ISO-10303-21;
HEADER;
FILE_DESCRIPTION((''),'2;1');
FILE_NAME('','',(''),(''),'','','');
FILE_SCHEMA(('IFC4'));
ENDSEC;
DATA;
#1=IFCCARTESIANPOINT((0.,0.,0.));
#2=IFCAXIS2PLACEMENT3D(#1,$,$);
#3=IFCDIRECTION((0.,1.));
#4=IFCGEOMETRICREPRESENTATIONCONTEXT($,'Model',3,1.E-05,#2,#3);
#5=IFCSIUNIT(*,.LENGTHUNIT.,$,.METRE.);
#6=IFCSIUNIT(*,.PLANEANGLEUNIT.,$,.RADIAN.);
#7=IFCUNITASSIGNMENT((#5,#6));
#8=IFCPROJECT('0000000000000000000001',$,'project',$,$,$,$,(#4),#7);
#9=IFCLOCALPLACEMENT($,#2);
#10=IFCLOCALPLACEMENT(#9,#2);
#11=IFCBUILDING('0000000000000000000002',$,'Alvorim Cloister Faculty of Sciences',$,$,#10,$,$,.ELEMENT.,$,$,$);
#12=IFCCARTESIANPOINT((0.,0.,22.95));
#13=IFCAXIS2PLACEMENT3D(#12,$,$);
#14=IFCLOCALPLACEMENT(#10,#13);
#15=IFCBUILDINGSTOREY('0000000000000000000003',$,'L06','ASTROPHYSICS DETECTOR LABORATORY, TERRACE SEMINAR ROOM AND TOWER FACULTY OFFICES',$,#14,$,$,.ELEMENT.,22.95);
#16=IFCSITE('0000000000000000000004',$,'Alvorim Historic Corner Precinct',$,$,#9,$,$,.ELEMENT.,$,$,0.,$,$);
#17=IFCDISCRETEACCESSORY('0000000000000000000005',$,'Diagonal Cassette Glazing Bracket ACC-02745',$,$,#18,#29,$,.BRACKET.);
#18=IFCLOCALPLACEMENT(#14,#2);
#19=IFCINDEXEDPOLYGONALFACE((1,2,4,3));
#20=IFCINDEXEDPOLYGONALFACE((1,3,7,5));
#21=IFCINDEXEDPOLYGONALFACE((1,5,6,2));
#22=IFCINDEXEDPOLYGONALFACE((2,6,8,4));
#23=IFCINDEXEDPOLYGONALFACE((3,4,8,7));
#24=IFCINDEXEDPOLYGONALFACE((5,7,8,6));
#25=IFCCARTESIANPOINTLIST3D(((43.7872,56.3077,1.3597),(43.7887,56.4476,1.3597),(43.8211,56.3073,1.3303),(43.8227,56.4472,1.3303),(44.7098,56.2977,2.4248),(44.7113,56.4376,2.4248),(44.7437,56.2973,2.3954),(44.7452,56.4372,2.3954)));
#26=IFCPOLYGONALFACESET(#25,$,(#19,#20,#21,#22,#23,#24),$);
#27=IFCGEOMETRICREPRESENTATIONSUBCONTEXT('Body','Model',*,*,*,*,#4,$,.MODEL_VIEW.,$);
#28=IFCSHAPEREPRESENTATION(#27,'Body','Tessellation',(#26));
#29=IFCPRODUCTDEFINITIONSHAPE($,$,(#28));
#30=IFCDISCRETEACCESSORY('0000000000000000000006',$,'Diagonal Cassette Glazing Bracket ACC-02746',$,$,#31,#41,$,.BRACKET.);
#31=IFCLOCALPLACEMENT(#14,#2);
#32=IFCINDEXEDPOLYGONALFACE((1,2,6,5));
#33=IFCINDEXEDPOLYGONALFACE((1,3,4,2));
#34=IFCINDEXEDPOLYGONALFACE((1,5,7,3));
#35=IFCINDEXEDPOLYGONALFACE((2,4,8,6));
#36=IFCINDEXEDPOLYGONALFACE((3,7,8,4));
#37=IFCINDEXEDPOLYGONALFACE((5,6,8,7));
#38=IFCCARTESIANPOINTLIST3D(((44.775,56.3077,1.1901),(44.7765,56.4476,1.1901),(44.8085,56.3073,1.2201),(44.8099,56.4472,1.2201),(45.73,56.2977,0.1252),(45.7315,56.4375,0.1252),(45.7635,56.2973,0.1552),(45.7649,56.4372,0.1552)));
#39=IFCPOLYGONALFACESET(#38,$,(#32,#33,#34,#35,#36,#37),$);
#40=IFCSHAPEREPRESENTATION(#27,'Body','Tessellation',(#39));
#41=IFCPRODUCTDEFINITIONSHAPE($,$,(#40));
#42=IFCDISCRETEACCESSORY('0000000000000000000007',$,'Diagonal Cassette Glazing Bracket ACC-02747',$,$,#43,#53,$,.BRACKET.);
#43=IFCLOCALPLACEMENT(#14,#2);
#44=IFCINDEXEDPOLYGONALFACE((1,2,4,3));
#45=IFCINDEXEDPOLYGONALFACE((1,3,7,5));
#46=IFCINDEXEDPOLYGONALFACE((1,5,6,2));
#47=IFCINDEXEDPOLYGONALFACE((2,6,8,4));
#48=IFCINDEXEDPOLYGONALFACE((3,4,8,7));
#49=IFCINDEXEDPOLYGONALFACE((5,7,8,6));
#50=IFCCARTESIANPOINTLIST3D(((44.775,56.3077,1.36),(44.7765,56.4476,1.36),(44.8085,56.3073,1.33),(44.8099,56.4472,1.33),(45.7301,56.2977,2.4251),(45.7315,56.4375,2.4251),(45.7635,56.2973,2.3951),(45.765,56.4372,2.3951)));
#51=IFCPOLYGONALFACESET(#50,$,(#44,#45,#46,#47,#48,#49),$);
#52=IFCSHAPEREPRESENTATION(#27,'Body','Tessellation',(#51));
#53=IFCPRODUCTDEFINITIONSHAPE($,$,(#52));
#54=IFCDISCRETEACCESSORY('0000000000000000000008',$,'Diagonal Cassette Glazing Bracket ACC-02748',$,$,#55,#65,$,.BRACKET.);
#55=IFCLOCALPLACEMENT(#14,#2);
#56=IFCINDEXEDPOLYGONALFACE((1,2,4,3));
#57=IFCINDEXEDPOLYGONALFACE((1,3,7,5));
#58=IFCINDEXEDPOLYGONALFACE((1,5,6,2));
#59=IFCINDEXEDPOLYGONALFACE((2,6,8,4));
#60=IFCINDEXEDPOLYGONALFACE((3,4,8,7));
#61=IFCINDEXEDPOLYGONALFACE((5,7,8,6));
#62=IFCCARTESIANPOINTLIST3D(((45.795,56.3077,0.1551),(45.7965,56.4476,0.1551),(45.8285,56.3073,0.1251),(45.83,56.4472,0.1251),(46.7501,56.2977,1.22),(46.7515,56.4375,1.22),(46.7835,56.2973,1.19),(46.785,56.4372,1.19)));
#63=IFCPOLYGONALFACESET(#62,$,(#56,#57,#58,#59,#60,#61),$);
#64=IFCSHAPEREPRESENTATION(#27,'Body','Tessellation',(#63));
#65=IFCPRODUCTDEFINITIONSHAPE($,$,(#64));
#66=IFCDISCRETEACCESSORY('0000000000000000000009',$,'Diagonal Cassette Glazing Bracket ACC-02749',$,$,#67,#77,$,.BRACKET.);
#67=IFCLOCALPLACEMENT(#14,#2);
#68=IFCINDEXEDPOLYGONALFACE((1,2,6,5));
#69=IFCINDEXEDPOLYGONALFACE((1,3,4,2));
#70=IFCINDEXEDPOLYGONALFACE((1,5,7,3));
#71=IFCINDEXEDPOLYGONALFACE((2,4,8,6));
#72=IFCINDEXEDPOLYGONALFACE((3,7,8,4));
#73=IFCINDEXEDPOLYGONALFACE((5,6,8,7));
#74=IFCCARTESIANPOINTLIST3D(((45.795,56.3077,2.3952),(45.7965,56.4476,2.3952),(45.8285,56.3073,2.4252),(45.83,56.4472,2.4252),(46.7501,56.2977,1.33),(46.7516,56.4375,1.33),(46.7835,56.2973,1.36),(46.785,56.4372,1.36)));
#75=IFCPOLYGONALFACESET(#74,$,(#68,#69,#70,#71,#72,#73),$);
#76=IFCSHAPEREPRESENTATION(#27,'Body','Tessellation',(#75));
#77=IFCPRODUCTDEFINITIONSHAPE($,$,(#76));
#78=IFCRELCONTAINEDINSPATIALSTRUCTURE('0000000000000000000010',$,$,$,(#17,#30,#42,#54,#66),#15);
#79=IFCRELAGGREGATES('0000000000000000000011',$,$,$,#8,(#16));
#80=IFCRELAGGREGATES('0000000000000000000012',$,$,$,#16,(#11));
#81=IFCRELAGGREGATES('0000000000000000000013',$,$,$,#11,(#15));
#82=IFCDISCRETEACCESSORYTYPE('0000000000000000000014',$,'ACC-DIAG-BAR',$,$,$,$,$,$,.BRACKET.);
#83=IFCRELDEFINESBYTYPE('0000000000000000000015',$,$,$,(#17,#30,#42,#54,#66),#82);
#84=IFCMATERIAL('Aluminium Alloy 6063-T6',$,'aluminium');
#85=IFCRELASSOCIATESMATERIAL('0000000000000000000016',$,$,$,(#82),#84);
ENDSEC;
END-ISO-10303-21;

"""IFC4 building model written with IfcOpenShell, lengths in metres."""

from ifc_helpers import new_model, si_unit, direction, frame, origin, origin_2d, place, context, subcontext, project, spatial, rectangle, extrude, material, type_object, element, save


model = new_model("IFC4")

# Units and contexts
model_context = context("Model", 3, precision=1e-05, world=origin(), true_north=direction((0.0, 1.0)))
body_context = subcontext(model_context, "Body", "Model", "MODEL_VIEW")
ifc_project = project(units=[si_unit("LENGTHUNIT", "METRE"), si_unit("PLANEANGLEUNIT", "RADIAN")], contexts=[model_context])

# Site, building, storey
site_placement = place(None, origin())
site = spatial("IfcSite", under=ifc_project, at=site_placement, Name="Alvorim Historic Corner Precinct", CompositionType="ELEMENT", RefElevation=0.0)
building_placement = place(site_placement, origin())
building = spatial("IfcBuilding", under=site, at=building_placement, Name="Alvorim Cloister Faculty of Sciences", CompositionType="ELEMENT")
storey_placement = place(building_placement, frame((0.0, 0.0, 22.95)))
storey = spatial("IfcBuildingStorey", under=building, at=storey_placement, Name="L06", Description="ASTROPHYSICS DETECTOR LABORATORY, TERRACE SEMINAR ROOM AND TOWER FACULTY OFFICES", CompositionType="ELEMENT", Elevation=22.95)

# Shared definitions
ifc_material_1 = material(Name="Aluminium Alloy 6063-T6", Category="aluminium")

# Discrete accessories
discrete_accessory_type = type_object("IfcDiscreteAccessoryType", Name="ACC-DIAG-BAR", PredefinedType="BRACKET", material=ifc_material_1)
discrete_accessory_1_placement = place(storey_placement, frame((43.8049, 56.3774, 1.345), z_axis=(0.65469, -0.007103, 0.755864), x_axis=(0.010849, 0.999941, 0.0)))
element("IfcDiscreteAccessory", 1, at=discrete_accessory_1_placement, inside=storey, type_object=discrete_accessory_type, Name="Diagonal Cassette Glazing Bracket ACC-02745", PredefinedType="BRACKET", context=body_context, shape_type="SweptSolid", body=[
    extrude(rectangle(XDim=0.1399, YDim=0.0449, at=origin_2d()), origin(), (0.0, 0.0, 1.0), 1.4092),
])
discrete_accessory_2_placement = place(storey_placement, frame((44.7925, 56.3774, 1.2051), z_axis=(0.667646, -0.006997, -0.744446), x_axis=(0.01048, 0.999945, 0.0)))
element("IfcDiscreteAccessory", 2, at=discrete_accessory_2_placement, inside=storey, type_object=discrete_accessory_type, Name="Diagonal Cassette Glazing Bracket ACC-02746", PredefinedType="BRACKET", context=body_context, shape_type="SweptSolid", body=[
    extrude(rectangle(XDim=0.1399, YDim=0.0449, at=origin_2d()), origin(), (0.0, 0.0, 1.0), 1.4304),
])
discrete_accessory_3_placement = place(storey_placement, frame((44.7925, 56.3774, 1.345), z_axis=(0.667561, -0.006996, 0.744522), x_axis=(0.01048, 0.999945, 0.0)))
element("IfcDiscreteAccessory", 3, at=discrete_accessory_3_placement, inside=storey, type_object=discrete_accessory_type, Name="Diagonal Cassette Glazing Bracket ACC-02747", PredefinedType="BRACKET", context=body_context, shape_type="SweptSolid", body=[
    extrude(rectangle(XDim=0.1399, YDim=0.0449, at=origin_2d()), origin(), (0.0, 0.0, 1.0), 1.4307),
])
discrete_accessory_4_placement = place(storey_placement, frame((45.8125, 56.3774, 0.1401), z_axis=(0.667646, -0.006997, 0.744446), x_axis=(0.01048, 0.999945, 0.0)))
element("IfcDiscreteAccessory", 4, at=discrete_accessory_4_placement, inside=storey, type_object=discrete_accessory_type, Name="Diagonal Cassette Glazing Bracket ACC-02748", PredefinedType="BRACKET", context=body_context, shape_type="SweptSolid", body=[
    extrude(rectangle(XDim=0.1399, YDim=0.0449, at=origin_2d()), origin(), (0.0, 0.0, 1.0), 1.4304),
])
discrete_accessory_5_placement = place(storey_placement, frame((45.8125, 56.3774, 2.4102), z_axis=(0.667561, -0.006996, -0.744522), x_axis=(0.01048, 0.999945, 0.0)))
element("IfcDiscreteAccessory", 5, at=discrete_accessory_5_placement, inside=storey, type_object=discrete_accessory_type, Name="Diagonal Cassette Glazing Bracket ACC-02749", PredefinedType="BRACKET", context=body_context, shape_type="SweptSolid", body=[
    extrude(rectangle(XDim=0.1399, YDim=0.0449, at=origin_2d()), origin(), (0.0, 0.0, 1.0), 1.4307),
])

save(model, "model.ifc")
